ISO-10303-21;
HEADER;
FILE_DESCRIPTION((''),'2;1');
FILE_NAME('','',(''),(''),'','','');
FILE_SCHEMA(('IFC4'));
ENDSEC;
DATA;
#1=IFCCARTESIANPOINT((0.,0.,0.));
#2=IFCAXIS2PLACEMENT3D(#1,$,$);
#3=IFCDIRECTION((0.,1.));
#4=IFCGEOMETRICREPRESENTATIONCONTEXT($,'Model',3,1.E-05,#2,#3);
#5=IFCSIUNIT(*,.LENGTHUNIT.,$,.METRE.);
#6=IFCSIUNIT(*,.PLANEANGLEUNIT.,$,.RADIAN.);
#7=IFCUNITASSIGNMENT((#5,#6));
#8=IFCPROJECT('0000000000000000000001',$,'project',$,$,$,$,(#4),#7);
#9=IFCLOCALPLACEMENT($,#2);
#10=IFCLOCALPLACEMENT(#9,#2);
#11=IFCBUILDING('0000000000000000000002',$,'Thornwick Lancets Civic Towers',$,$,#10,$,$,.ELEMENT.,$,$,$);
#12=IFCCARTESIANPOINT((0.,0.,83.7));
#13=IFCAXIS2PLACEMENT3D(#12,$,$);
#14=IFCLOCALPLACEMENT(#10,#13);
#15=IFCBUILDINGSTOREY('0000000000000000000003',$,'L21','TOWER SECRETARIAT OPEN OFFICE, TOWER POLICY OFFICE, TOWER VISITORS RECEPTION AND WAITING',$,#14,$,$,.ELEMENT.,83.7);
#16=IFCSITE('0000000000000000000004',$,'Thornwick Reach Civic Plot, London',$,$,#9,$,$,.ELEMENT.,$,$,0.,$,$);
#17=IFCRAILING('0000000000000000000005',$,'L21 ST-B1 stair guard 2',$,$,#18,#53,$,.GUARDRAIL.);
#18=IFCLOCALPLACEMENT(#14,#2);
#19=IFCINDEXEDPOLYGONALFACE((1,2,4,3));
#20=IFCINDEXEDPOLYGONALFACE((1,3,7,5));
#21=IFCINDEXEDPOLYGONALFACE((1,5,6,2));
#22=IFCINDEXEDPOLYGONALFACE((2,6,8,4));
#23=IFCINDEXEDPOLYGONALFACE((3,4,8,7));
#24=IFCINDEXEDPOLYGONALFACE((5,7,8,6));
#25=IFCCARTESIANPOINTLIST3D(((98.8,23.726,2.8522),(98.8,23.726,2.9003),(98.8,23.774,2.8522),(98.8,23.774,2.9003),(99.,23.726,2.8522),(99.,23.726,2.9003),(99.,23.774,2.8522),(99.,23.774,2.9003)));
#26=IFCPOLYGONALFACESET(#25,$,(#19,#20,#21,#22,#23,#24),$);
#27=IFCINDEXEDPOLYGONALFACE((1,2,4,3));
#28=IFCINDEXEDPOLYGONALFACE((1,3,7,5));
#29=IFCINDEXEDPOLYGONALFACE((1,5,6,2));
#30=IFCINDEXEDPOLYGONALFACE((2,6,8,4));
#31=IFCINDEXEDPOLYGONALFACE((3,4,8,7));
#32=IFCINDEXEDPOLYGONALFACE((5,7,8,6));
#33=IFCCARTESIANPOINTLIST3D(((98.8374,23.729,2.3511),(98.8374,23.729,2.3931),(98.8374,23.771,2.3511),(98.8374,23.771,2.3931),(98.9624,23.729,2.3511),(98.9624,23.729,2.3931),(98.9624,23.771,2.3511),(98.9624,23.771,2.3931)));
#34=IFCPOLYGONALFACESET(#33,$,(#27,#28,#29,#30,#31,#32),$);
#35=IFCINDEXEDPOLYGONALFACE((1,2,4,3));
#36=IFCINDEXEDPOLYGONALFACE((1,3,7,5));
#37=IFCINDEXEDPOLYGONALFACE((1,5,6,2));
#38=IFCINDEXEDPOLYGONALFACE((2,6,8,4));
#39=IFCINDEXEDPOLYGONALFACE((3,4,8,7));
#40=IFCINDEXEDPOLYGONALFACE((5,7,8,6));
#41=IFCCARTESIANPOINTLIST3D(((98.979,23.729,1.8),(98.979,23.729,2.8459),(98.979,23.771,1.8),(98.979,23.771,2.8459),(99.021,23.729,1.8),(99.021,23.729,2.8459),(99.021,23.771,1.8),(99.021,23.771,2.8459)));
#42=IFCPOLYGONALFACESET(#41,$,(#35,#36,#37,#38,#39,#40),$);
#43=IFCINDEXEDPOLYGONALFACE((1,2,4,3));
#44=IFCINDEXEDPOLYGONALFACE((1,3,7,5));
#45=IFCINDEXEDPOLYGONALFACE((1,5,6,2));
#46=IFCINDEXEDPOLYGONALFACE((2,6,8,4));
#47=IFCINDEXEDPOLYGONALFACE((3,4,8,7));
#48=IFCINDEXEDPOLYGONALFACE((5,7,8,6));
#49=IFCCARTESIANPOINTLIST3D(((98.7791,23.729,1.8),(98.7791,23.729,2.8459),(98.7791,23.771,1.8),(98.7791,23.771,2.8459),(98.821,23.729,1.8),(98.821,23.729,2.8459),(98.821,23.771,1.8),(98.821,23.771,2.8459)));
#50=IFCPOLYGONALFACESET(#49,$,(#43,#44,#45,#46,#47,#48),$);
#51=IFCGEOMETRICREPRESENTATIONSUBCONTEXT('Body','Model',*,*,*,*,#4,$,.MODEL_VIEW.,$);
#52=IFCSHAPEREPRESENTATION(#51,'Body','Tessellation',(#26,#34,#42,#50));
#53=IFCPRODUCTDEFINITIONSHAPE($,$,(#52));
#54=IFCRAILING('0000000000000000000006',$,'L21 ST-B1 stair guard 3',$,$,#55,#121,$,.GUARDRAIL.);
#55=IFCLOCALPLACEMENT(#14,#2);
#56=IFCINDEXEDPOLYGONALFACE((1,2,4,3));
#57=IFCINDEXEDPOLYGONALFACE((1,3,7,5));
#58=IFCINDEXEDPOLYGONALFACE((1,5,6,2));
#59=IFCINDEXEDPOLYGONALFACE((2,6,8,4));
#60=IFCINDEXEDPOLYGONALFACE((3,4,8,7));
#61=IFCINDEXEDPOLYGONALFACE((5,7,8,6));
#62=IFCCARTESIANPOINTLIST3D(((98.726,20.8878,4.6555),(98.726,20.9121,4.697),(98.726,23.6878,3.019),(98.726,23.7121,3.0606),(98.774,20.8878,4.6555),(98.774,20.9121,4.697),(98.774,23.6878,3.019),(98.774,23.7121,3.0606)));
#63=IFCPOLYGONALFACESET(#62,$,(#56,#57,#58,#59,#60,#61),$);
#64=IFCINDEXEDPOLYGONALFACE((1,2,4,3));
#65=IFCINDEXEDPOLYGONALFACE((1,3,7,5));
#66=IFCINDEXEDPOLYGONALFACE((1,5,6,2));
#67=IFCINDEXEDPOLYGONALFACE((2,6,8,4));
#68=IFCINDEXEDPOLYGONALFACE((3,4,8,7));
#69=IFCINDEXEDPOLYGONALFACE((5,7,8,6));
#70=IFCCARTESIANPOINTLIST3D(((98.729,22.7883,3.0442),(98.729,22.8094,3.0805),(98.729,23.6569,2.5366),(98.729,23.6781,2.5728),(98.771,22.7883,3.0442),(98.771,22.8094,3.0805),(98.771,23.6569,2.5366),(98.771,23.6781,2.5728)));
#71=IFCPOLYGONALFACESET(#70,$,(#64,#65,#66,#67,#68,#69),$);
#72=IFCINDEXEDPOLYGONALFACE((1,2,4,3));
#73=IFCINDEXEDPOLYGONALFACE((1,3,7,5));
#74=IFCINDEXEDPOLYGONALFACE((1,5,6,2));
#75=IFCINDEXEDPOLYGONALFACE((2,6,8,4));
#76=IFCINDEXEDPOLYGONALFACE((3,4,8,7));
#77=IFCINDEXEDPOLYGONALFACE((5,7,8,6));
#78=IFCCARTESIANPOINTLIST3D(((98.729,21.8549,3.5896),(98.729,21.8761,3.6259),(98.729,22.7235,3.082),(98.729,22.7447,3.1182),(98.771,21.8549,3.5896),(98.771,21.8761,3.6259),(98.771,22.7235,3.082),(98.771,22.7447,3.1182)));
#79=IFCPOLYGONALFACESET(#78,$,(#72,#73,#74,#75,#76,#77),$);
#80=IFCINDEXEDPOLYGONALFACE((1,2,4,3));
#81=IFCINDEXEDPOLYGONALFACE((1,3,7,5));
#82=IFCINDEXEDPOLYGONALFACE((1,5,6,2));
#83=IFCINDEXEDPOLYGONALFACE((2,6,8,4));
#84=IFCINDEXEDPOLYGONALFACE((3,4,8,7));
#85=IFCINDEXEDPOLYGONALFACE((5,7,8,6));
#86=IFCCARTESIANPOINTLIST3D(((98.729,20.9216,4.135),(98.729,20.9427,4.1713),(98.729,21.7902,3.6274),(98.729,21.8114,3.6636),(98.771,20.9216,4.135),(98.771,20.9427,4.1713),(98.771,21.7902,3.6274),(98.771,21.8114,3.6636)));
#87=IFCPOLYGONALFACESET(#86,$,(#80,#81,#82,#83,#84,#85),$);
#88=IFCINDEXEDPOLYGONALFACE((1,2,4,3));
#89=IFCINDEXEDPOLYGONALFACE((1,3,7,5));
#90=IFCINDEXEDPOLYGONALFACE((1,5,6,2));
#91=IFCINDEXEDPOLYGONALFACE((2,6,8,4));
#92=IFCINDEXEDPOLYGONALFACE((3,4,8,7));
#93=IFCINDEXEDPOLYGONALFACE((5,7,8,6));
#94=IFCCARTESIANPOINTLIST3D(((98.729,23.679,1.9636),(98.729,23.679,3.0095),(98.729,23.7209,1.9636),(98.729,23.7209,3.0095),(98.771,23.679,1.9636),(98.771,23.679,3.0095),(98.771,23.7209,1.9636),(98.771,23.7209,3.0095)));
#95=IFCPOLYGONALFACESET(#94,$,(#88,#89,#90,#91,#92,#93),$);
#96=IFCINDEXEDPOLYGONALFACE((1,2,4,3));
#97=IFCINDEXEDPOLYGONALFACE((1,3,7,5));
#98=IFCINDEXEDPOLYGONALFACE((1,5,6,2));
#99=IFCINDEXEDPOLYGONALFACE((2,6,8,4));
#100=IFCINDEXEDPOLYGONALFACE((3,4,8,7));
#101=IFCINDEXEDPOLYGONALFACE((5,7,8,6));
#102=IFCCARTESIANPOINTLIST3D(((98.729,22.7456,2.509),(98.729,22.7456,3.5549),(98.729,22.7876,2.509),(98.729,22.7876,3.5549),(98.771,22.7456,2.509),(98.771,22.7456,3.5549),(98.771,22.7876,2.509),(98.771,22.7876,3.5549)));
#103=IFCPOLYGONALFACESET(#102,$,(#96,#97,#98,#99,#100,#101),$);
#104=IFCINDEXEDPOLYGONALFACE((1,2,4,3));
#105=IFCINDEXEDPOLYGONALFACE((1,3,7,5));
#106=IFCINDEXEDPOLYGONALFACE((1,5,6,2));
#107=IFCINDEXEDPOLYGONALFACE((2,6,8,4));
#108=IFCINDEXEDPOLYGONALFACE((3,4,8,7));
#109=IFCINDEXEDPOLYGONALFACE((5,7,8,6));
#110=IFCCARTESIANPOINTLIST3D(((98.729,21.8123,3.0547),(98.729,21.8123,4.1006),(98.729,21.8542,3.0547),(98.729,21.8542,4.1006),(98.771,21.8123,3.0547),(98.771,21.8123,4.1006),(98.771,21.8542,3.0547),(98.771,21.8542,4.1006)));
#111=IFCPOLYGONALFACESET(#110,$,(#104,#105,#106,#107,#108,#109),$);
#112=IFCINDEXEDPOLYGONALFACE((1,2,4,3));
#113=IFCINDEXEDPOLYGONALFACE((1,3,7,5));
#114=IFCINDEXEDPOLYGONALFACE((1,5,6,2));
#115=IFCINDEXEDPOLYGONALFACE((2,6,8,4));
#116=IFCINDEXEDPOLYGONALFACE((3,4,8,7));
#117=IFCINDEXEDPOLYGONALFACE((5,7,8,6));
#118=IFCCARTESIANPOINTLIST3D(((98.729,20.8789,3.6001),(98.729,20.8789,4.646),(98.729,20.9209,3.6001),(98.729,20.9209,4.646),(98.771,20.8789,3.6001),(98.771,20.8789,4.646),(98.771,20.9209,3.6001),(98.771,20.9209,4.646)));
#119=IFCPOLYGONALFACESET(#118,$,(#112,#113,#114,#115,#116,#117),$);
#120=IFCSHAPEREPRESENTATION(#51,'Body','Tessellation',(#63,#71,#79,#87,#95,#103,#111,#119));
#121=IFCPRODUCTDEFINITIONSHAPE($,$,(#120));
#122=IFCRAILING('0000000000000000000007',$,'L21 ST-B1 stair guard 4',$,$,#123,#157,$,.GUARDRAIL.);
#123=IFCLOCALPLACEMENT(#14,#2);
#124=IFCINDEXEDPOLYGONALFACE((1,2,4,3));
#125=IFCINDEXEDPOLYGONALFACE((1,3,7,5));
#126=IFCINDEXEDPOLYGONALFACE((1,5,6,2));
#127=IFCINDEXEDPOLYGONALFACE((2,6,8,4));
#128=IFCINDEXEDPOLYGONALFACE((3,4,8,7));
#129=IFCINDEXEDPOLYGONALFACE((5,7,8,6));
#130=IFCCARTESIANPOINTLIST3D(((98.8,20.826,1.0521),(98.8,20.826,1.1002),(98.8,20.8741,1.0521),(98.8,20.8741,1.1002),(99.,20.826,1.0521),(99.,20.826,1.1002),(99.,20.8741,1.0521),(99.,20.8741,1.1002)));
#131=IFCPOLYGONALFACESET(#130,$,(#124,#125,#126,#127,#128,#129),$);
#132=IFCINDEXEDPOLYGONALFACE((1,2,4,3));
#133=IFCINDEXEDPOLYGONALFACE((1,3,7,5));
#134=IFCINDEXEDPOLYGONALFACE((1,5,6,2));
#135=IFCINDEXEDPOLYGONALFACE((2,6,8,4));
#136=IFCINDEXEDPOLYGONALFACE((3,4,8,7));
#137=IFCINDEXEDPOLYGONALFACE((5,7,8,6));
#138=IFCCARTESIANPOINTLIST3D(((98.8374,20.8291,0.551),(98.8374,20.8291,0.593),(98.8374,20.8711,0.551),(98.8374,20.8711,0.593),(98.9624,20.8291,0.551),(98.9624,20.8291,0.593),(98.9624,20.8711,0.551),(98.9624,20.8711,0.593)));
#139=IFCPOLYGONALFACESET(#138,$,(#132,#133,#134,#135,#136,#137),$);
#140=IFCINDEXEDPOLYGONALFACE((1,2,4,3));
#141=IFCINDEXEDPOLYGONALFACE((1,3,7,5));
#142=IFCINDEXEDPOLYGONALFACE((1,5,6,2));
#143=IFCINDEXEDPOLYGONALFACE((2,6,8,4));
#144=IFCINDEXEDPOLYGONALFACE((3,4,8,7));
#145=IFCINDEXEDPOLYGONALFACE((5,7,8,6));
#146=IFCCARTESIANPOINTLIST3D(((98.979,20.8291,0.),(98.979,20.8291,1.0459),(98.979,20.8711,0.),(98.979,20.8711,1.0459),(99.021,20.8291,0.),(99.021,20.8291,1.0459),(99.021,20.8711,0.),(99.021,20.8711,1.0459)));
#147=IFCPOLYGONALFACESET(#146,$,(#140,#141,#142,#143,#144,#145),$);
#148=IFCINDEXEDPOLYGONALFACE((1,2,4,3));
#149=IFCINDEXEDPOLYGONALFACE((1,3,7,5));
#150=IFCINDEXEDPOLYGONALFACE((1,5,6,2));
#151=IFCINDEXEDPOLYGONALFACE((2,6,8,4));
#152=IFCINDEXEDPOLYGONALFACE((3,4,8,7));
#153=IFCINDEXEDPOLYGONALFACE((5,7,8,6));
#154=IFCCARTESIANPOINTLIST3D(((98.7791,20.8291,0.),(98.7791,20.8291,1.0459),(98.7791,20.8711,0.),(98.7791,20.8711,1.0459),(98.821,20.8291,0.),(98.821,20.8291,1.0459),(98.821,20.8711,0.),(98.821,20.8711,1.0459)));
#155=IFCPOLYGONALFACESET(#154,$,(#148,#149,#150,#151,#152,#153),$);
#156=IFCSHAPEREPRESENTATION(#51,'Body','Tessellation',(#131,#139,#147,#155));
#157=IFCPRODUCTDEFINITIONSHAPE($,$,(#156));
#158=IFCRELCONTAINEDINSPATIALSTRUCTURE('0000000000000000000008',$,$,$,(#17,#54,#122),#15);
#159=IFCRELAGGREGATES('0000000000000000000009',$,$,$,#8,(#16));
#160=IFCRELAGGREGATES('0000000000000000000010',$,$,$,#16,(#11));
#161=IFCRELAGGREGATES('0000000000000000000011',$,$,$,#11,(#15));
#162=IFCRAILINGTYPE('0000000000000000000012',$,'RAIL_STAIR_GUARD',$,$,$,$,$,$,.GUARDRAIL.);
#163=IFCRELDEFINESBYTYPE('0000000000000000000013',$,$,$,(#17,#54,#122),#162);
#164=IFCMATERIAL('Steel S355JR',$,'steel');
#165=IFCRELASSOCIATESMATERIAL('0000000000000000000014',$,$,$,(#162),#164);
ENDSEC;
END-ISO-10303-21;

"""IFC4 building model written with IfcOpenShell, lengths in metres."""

from ifc_helpers import new_model, si_unit, direction, frame, origin, origin_2d, place, context, subcontext, project, spatial, rectangle, extrude, material, type_object, element, save


model = new_model("IFC4")

# Units and contexts
model_context = context("Model", 3, precision=1e-05, world=origin(), true_north=direction((0.0, 1.0)))
body_context = subcontext(model_context, "Body", "Model", "MODEL_VIEW")
ifc_project = project(units=[si_unit("LENGTHUNIT", "METRE"), si_unit("PLANEANGLEUNIT", "RADIAN")], contexts=[model_context])

# Site, building, storey
site_placement = place(None, origin())
site = spatial("IfcSite", under=ifc_project, at=site_placement, Name="Thornwick Reach Civic Plot, London", CompositionType="ELEMENT", RefElevation=0.0)
building_placement = place(site_placement, origin())
building = spatial("IfcBuilding", under=site, at=building_placement, Name="Thornwick Lancets Civic Towers", CompositionType="ELEMENT")
storey_placement = place(building_placement, frame((0.0, 0.0, 83.7)))
storey = spatial("IfcBuildingStorey", under=building, at=storey_placement, Name="L21", Description="TOWER SECRETARIAT OPEN OFFICE, TOWER POLICY OFFICE, TOWER VISITORS RECEPTION AND WAITING", CompositionType="ELEMENT", Elevation=83.7)

# Shared definitions
ifc_material_1 = material(Name="Steel S355JR", Category="steel")

# Railings
railing_type_1 = type_object("IfcRailingType", Name="RAIL_STAIR_GUARD", PredefinedType="GUARDRAIL", material=ifc_material_1)
railing_1_placement = place(storey_placement, frame((99.0, 23.75, 1.8)))
element("IfcRailing", 1, at=railing_1_placement, inside=storey, type_object=railing_type_1, Name="L21 ST-B1 stair guard 2", PredefinedType="GUARDRAIL", context=body_context, shape_type="SweptSolid", body=[
    extrude(rectangle(XDim=0.0481, YDim=0.0481, at=origin_2d()), frame((0.0, 0.0, 1.0762), z_axis=(-1.0, 0.0, 0.0), x_axis=(0.0, -1.0, 0.0)), (0.0, 0.0, 1.0), 0.2),
    extrude(rectangle(XDim=0.042, YDim=0.042, at=origin_2d()), frame((-0.0376, 0.0, 0.572), z_axis=(-1.0, 0.0, 0.0), x_axis=(0.0, -1.0, 0.0)), (0.0, 0.0, 1.0), 0.125),
    extrude(rectangle(XDim=0.042, YDim=0.042, at=origin_2d()), origin(), (0.0, 0.0, 1.0), 1.0459),
    extrude(rectangle(XDim=0.042, YDim=0.042, at=origin_2d()), frame((-0.2, 0.0, 0.0)), (0.0, 0.0, 1.0), 1.0459),
])
railing_2_placement = place(storey_placement, frame((98.75, 23.7, 1.9636)))
element("IfcRailing", 2, at=railing_2_placement, inside=storey, type_object=railing_type_1, Name="L21 ST-B1 stair guard 3", PredefinedType="GUARDRAIL", context=body_context, shape_type="SweptSolid", body=[
    extrude(rectangle(XDim=0.0481, YDim=0.0481, at=origin_2d()), frame((0.0, 0.0, 1.0762), z_axis=(0.0, -0.863361, 0.504587), x_axis=(1.0, 0.0, 0.0)), (0.0, 0.0, 1.0), 3.2432),
    extrude(rectangle(XDim=0.042, YDim=0.042, at=origin_2d()), frame((0.0, -0.0325, 0.5911), z_axis=(0.0, -0.863361, 0.504587), x_axis=(1.0, 0.0, 0.0)), (0.0, 0.0, 1.0), 1.0061),
    extrude(rectangle(XDim=0.042, YDim=0.042, at=origin_2d()), frame((0.0, -0.9658, 1.1365), z_axis=(0.0, -0.863361, 0.504587), x_axis=(1.0, 0.0, 0.0)), (0.0, 0.0, 1.0), 1.0061),
    extrude(rectangle(XDim=0.042, YDim=0.042, at=origin_2d()), frame((0.0, -1.8992, 1.6819), z_axis=(0.0, -0.863361, 0.504587), x_axis=(1.0, 0.0, 0.0)), (0.0, 0.0, 1.0), 1.0061),
    extrude(rectangle(XDim=0.042, YDim=0.042, at=origin_2d()), origin(), (0.0, 0.0, 1.0), 1.0459),
    extrude(rectangle(XDim=0.042, YDim=0.042, at=origin_2d()), frame((0.0, -0.9333, 0.5454)), (0.0, 0.0, 1.0), 1.0459),
    extrude(rectangle(XDim=0.042, YDim=0.042, at=origin_2d()), frame((0.0, -1.8667, 1.0911)), (0.0, 0.0, 1.0), 1.0459),
    extrude(rectangle(XDim=0.042, YDim=0.042, at=origin_2d()), frame((0.0, -2.8, 1.6365)), (0.0, 0.0, 1.0), 1.0459),
])
railing_3_placement = place(storey_placement, frame((99.0, 20.8501, 0.0)))
element("IfcRailing", 3, at=railing_3_placement, inside=storey, type_object=railing_type_1, Name="L21 ST-B1 stair guard 4", PredefinedType="GUARDRAIL", context=body_context, shape_type="SweptSolid", body=[
    extrude(rectangle(XDim=0.0481, YDim=0.0481, at=origin_2d()), frame((0.0, 0.0, 1.0762), z_axis=(-1.0, 0.0, 0.0), x_axis=(0.0, -1.0, 0.0)), (0.0, 0.0, 1.0), 0.2),
    extrude(rectangle(XDim=0.042, YDim=0.042, at=origin_2d()), frame((-0.0376, 0.0, 0.572), z_axis=(-1.0, 0.0, 0.0), x_axis=(0.0, -1.0, 0.0)), (0.0, 0.0, 1.0), 0.125),
    extrude(rectangle(XDim=0.042, YDim=0.042, at=origin_2d()), origin(), (0.0, 0.0, 1.0), 1.0459),
    extrude(rectangle(XDim=0.042, YDim=0.042, at=origin_2d()), frame((-0.2, 0.0, 0.0)), (0.0, 0.0, 1.0), 1.0459),
])

save(model, "model.ifc")
